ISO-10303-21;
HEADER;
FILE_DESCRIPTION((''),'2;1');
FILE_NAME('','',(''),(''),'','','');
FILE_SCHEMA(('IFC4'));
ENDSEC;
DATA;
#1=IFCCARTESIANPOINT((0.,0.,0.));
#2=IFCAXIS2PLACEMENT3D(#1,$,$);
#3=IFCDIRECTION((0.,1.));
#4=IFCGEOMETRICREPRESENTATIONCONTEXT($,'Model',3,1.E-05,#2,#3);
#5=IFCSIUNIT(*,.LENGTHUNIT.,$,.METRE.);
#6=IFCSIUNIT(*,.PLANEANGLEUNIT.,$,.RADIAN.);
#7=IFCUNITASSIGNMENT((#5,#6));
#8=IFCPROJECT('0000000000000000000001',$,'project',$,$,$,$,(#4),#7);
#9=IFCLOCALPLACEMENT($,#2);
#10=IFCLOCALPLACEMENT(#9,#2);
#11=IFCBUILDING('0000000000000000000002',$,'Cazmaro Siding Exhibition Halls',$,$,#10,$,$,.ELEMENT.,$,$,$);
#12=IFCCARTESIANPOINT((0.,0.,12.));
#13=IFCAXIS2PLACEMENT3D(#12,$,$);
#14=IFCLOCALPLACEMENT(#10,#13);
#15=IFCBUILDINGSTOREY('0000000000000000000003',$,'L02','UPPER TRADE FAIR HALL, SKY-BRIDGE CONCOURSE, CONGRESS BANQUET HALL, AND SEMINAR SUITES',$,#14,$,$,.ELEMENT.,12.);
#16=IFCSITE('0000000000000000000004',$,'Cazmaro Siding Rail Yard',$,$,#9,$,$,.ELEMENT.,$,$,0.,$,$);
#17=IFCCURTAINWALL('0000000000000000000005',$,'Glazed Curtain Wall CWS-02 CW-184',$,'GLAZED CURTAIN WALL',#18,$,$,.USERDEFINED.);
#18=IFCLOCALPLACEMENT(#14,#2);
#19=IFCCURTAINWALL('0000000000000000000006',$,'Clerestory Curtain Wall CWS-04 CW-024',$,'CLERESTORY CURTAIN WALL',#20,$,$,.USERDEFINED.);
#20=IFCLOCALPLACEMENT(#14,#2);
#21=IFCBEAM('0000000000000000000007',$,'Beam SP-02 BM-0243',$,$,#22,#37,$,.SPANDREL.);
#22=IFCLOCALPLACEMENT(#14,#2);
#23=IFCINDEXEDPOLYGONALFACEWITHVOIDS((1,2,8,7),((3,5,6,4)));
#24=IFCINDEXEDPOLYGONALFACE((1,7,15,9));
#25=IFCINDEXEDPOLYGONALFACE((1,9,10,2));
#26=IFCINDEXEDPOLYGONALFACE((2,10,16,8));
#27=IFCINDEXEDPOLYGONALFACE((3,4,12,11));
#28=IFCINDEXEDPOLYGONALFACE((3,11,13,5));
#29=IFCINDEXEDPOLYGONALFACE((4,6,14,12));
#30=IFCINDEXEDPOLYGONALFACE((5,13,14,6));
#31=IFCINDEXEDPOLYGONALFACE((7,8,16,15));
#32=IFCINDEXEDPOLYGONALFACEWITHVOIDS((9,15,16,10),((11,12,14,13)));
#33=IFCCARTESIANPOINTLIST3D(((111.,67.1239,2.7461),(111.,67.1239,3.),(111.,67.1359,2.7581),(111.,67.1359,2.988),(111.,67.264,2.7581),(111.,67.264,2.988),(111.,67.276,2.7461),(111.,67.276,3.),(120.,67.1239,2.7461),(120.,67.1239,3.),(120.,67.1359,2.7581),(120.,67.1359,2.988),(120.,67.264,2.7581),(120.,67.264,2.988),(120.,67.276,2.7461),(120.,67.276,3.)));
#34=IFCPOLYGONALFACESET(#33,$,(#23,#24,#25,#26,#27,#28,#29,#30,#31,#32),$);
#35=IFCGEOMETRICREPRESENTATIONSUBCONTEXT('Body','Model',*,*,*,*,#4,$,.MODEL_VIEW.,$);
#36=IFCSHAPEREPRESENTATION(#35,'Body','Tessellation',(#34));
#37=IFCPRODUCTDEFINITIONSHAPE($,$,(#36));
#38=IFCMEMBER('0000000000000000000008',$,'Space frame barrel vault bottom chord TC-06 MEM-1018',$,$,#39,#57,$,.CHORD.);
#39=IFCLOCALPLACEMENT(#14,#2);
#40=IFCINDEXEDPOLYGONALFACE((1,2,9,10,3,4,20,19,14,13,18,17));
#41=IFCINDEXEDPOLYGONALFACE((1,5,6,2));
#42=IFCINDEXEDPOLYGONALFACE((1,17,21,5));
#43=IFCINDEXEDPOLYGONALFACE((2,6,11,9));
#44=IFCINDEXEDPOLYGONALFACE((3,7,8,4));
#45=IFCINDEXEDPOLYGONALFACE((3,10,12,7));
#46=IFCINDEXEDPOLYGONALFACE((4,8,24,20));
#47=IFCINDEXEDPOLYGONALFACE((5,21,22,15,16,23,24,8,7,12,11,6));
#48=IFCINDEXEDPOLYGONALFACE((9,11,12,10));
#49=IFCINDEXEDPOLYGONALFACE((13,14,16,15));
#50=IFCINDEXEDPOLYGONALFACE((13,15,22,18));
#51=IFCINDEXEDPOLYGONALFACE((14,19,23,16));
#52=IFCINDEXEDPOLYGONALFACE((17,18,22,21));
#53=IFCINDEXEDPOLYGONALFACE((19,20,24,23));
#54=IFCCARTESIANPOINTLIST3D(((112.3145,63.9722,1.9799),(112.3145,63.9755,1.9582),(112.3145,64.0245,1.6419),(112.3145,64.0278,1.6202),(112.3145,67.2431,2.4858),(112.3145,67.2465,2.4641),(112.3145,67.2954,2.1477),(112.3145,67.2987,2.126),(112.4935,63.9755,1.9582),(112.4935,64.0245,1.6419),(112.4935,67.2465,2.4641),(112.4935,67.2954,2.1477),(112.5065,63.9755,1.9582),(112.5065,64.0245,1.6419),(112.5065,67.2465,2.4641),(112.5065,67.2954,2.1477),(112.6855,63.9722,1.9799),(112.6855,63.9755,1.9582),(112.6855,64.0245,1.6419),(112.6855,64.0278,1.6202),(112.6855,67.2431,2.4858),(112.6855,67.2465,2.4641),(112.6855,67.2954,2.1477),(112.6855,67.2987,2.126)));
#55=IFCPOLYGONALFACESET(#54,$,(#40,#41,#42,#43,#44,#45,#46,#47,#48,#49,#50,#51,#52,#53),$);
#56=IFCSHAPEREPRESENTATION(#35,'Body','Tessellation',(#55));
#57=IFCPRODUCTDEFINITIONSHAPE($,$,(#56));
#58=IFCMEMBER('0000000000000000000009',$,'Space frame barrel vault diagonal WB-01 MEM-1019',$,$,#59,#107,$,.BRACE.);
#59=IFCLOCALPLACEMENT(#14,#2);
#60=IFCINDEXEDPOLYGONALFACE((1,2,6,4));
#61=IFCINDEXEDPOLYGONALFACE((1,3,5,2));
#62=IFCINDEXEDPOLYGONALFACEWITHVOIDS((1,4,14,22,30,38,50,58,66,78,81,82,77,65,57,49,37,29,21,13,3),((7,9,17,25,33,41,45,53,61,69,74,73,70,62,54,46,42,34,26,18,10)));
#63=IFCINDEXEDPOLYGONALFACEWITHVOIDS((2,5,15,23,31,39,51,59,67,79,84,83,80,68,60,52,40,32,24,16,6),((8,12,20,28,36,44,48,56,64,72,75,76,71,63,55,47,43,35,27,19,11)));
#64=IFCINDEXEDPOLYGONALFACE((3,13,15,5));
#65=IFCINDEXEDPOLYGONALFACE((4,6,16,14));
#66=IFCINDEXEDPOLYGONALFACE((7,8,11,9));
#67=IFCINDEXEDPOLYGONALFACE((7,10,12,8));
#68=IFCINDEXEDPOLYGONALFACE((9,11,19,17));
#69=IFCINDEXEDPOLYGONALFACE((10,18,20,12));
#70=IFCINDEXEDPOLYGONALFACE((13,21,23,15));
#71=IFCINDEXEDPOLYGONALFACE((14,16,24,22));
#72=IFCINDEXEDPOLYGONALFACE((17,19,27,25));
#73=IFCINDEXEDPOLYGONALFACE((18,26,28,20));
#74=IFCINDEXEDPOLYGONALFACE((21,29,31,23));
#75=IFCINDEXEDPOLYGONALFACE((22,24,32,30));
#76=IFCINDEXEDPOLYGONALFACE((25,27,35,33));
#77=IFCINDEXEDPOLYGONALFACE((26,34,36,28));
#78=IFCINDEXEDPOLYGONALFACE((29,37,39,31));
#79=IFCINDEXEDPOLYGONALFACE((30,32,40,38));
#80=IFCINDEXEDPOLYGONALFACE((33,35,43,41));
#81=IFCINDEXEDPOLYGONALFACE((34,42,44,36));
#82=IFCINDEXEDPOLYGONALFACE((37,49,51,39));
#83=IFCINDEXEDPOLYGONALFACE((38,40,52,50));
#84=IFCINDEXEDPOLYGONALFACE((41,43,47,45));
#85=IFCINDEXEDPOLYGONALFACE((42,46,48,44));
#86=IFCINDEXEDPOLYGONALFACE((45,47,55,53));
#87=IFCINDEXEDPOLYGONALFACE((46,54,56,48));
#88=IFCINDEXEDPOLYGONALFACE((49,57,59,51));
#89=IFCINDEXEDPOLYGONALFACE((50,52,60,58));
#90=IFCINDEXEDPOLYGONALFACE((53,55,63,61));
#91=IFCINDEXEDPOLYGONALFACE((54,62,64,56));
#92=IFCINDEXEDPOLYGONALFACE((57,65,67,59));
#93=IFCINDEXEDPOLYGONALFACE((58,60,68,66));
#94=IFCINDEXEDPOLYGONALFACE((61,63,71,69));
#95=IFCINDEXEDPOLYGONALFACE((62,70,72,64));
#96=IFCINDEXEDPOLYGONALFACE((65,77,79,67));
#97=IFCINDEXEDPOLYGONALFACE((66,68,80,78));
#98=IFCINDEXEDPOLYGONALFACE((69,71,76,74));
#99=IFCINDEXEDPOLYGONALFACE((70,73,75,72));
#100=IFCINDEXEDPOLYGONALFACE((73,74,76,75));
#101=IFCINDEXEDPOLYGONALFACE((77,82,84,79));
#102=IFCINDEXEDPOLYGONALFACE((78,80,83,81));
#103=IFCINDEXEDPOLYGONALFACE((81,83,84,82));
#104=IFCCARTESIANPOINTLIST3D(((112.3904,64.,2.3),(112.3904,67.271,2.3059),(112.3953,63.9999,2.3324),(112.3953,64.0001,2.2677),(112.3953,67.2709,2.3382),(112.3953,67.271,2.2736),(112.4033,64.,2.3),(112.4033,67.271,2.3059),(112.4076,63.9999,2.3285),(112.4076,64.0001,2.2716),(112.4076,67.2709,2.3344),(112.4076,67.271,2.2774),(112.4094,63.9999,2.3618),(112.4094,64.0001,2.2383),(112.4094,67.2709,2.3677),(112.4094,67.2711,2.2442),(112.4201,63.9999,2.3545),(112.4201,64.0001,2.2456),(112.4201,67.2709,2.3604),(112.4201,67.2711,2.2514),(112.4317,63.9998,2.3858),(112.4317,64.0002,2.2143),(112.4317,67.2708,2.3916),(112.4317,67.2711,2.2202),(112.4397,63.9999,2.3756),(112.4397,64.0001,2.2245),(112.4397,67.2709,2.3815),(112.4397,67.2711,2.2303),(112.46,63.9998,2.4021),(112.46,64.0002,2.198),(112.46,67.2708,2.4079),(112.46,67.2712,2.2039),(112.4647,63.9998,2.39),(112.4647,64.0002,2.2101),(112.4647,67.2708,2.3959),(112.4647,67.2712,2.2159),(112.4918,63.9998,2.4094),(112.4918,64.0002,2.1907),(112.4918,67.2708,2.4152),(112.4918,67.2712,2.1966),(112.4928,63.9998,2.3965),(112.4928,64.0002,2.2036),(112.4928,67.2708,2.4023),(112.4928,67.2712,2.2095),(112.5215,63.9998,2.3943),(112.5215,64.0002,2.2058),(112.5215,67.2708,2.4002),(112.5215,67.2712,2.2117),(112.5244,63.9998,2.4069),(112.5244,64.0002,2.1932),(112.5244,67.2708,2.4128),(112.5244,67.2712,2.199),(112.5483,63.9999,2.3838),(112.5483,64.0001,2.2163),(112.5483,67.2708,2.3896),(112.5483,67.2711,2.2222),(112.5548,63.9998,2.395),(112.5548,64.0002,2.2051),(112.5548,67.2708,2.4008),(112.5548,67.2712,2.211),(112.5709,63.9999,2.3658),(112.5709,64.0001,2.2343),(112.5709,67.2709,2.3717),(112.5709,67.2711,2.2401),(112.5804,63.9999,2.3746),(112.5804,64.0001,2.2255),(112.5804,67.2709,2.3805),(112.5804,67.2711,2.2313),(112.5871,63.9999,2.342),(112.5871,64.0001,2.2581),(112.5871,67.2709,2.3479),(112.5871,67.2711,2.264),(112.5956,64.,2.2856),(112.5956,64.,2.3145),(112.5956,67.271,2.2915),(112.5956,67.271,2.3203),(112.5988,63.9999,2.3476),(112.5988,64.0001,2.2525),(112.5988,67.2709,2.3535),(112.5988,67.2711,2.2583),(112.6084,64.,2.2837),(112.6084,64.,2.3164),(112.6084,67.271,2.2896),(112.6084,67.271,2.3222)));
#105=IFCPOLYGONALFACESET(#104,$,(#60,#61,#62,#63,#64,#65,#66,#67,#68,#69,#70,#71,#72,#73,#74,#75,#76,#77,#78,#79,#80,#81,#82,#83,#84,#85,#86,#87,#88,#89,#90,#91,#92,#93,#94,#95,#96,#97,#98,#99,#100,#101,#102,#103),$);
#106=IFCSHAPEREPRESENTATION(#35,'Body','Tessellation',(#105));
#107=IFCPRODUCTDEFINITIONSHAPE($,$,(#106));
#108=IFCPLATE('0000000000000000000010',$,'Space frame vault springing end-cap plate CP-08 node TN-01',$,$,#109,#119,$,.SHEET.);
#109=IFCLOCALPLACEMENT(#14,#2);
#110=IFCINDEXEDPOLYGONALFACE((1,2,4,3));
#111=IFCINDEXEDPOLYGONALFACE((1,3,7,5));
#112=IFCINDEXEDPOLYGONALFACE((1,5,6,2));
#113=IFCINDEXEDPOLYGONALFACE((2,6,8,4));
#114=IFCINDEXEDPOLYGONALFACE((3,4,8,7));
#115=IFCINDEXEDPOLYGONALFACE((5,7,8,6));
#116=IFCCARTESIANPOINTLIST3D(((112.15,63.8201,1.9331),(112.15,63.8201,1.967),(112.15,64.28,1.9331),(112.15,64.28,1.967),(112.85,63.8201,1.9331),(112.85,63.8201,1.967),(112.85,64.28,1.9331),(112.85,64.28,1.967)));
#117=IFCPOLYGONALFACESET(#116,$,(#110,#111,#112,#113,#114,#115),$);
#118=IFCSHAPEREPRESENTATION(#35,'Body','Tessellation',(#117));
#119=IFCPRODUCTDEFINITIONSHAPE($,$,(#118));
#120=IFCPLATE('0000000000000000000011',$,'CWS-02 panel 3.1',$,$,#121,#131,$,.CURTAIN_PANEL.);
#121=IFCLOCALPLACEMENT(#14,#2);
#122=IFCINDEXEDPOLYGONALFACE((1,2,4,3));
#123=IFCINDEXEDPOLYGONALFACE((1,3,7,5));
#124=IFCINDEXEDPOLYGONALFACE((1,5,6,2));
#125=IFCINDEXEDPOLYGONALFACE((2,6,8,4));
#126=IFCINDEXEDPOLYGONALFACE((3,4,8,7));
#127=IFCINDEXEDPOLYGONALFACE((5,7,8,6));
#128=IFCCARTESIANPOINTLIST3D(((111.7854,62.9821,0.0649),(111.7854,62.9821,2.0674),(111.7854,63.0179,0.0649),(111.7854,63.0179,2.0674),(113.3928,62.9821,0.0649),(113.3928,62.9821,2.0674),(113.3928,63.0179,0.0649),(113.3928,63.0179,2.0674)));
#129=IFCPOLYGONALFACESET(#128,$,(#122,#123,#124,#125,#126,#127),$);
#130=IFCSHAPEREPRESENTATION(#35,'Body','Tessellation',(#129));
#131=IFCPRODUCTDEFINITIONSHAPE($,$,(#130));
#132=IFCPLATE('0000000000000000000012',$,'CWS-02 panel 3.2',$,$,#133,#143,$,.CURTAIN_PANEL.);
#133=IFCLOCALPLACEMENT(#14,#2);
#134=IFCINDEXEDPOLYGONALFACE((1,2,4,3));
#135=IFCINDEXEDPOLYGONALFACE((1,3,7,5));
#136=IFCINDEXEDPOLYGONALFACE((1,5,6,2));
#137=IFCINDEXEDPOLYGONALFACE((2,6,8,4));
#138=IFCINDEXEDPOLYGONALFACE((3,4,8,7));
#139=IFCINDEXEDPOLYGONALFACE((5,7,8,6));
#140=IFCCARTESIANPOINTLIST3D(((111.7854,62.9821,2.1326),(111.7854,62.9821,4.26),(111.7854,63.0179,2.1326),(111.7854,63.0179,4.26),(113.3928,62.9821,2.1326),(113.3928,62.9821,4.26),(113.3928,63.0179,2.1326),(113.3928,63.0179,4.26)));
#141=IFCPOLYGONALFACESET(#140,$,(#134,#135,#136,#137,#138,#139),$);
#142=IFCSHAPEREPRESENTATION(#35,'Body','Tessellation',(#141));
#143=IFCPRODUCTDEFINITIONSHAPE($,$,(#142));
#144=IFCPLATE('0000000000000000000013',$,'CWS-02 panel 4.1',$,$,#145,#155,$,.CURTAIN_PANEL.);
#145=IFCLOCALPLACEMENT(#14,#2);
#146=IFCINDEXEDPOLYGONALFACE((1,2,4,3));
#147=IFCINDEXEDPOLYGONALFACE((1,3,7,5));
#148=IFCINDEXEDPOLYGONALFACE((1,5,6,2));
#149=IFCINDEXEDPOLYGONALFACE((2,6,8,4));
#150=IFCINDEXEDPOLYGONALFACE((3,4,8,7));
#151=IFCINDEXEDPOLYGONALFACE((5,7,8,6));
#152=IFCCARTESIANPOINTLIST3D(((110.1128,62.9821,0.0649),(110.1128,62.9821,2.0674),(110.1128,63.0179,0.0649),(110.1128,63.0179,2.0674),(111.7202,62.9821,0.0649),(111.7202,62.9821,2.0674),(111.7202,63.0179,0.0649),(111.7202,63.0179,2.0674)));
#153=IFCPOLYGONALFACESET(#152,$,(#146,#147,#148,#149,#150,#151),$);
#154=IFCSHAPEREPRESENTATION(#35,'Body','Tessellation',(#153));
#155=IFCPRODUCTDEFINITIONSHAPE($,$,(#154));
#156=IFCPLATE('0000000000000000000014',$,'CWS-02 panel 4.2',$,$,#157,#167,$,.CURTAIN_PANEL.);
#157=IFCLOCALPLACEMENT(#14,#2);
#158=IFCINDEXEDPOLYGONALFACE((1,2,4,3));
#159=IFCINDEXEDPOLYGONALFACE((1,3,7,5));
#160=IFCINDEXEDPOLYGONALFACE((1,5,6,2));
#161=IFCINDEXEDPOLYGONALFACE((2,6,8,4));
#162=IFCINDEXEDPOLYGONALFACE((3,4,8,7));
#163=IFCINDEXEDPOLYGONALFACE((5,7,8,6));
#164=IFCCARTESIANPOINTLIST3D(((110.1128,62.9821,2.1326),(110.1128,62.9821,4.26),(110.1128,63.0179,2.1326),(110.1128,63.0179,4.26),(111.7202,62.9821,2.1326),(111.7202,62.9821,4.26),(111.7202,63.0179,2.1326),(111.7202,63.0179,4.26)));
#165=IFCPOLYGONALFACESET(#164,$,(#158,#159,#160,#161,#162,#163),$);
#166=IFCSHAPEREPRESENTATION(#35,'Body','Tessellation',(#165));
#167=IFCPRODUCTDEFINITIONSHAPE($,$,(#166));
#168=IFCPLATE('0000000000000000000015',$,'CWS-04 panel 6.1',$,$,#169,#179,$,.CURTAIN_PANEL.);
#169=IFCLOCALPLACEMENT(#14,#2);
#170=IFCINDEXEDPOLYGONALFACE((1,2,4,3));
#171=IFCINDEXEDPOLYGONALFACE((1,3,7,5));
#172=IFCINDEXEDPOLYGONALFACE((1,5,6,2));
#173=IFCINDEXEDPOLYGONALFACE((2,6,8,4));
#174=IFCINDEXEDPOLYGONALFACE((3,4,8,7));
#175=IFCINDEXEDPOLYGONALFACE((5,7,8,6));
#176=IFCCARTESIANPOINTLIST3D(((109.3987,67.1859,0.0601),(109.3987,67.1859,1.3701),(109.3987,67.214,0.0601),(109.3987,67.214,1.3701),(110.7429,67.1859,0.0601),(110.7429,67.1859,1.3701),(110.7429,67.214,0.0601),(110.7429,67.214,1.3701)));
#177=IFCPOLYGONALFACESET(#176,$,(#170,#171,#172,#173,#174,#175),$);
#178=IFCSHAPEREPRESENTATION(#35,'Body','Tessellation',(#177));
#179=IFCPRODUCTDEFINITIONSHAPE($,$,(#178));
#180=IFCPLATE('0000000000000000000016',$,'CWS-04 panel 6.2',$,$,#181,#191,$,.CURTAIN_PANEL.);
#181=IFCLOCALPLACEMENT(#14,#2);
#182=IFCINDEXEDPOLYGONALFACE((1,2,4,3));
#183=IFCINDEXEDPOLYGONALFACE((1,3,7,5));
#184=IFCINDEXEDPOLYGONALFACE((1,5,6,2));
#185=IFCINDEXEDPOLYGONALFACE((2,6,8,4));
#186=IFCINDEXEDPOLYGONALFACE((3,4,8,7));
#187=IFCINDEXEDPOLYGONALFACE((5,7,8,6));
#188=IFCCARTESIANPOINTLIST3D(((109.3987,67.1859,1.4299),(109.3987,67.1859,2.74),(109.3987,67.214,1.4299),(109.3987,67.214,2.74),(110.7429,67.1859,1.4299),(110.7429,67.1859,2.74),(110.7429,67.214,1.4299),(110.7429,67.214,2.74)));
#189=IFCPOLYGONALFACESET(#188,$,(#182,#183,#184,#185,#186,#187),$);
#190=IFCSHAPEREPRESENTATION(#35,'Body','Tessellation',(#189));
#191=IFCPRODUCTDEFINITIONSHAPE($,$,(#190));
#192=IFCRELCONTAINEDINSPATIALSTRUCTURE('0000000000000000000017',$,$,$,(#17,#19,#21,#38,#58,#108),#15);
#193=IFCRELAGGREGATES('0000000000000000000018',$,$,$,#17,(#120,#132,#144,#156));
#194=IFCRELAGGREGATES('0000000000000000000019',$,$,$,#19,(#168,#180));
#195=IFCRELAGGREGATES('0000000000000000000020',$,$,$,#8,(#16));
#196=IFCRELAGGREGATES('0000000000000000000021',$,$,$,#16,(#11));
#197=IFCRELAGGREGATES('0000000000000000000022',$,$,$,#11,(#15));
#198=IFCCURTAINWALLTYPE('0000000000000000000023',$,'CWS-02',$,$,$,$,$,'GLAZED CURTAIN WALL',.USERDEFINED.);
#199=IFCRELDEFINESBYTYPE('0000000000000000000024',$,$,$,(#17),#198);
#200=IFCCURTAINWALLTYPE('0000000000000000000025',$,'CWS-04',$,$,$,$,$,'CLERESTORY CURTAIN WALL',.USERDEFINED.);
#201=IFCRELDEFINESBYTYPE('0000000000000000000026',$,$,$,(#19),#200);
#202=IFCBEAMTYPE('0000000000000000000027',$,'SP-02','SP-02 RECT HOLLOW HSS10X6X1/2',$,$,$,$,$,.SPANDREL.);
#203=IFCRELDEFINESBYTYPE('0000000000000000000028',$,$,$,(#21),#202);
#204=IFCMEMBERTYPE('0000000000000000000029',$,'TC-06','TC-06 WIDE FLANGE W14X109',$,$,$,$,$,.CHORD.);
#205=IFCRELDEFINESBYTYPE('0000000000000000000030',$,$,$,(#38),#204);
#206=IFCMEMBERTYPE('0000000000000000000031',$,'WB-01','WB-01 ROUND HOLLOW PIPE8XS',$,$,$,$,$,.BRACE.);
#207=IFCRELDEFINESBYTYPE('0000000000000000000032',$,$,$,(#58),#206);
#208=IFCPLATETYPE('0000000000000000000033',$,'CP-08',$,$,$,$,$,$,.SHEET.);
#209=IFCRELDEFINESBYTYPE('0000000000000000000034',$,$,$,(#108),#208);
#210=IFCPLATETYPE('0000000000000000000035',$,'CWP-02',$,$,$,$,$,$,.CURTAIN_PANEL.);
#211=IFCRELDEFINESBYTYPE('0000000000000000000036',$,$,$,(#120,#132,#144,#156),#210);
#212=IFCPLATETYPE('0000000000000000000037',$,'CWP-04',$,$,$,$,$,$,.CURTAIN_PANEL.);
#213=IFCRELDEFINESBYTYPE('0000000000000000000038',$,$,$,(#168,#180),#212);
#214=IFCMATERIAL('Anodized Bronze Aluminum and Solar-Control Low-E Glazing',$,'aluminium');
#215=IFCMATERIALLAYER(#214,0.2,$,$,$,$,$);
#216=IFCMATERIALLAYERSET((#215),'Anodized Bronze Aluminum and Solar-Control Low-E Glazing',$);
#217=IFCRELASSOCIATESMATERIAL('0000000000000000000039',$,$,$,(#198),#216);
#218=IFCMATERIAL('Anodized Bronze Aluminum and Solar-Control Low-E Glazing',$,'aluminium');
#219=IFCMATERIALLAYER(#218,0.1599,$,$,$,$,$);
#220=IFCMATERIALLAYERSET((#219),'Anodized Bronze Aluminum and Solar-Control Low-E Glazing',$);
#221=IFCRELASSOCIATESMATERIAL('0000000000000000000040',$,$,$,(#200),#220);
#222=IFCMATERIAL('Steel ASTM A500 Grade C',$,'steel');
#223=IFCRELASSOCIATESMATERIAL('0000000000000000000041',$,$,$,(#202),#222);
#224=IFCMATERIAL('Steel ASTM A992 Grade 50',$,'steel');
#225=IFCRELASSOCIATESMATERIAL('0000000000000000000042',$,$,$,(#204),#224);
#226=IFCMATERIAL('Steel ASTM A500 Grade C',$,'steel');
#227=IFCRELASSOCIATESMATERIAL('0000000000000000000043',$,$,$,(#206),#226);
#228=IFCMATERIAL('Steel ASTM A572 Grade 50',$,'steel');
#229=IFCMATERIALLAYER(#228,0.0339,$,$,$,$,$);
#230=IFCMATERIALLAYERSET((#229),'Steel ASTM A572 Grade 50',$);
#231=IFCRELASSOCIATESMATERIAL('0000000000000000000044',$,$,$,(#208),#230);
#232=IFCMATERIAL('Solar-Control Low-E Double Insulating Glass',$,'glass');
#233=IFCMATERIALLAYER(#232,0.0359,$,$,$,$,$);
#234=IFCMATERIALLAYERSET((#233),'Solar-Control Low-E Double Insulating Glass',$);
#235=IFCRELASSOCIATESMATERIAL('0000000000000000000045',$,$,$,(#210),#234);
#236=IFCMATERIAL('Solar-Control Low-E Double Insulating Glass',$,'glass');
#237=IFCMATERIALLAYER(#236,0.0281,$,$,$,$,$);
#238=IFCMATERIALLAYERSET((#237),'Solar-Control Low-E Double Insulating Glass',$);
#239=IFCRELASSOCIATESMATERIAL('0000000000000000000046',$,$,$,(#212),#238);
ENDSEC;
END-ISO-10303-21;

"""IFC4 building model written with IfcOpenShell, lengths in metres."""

from ifc_helpers import new_model, si_unit, direction, frame, origin, origin_2d, place, context, subcontext, project, spatial, rectangle, hollow_rectangle, hollow_circle, i_section, extrude, material, layer, layer_set, material_profile, profile_set, type_object, element, aggregate, save


model = new_model("IFC4")

# Units and contexts
model_context = context("Model", 3, precision=1e-05, world=origin(), true_north=direction((0.0, 1.0)))
body_context = subcontext(model_context, "Body", "Model", "MODEL_VIEW")
ifc_project = project(units=[si_unit("LENGTHUNIT", "METRE"), si_unit("PLANEANGLEUNIT", "RADIAN")], contexts=[model_context])

# Site, building, storey
site_placement = place(None, origin())
site = spatial("IfcSite", under=ifc_project, at=site_placement, Name="Cazmaro Siding Rail Yard", CompositionType="ELEMENT", RefElevation=0.0)
building_placement = place(site_placement, origin())
building = spatial("IfcBuilding", under=site, at=building_placement, Name="Cazmaro Siding Exhibition Halls", CompositionType="ELEMENT")
storey_placement = place(building_placement, frame((0.0, 0.0, 12.0)))
storey = spatial("IfcBuildingStorey", under=building, at=storey_placement, Name="L02", Description="UPPER TRADE FAIR HALL, SKY-BRIDGE CONCOURSE, CONGRESS BANQUET HALL, AND SEMINAR SUITES", CompositionType="ELEMENT", Elevation=12.0)

# Curtain wall
ifc_material_1 = material(Name="Anodized Bronze Aluminum and Solar-Control Low-E Glazing", Category="aluminium")
ifc_layer_1 = layer(ifc_material_1, 0.2)
ifc_layer_set_1 = layer_set([ifc_layer_1], Name="Anodized Bronze Aluminum and Solar-Control Low-E Glazing")
curtain_wall_type_1 = type_object("IfcCurtainWallType", Name="CWS-02", ElementType="GLAZED CURTAIN WALL", PredefinedType="USERDEFINED", material=ifc_layer_set_1)
curtain_wall_1_placement = place(storey_placement, origin())
curtain_wall_1 = element("IfcCurtainWall", 1, at=curtain_wall_1_placement, inside=storey, type_object=curtain_wall_type_1, Name="Glazed Curtain Wall CWS-02 CW-184", ObjectType="GLAZED CURTAIN WALL", PredefinedType="USERDEFINED")

# Curtain wall
ifc_material_2 = material(Name="Anodized Bronze Aluminum and Solar-Control Low-E Glazing", Category="aluminium")
ifc_layer_2 = layer(ifc_material_2, 0.1599)
ifc_layer_set_2 = layer_set([ifc_layer_2], Name="Anodized Bronze Aluminum and Solar-Control Low-E Glazing")
curtain_wall_type_2 = type_object("IfcCurtainWallType", Name="CWS-04", ElementType="CLERESTORY CURTAIN WALL", PredefinedType="USERDEFINED", material=ifc_layer_set_2)
curtain_wall_2_placement = place(storey_placement, origin())
curtain_wall_2 = element("IfcCurtainWall", 2, at=curtain_wall_2_placement, inside=storey, type_object=curtain_wall_type_2, Name="Clerestory Curtain Wall CWS-04 CW-024", ObjectType="CLERESTORY CURTAIN WALL", PredefinedType="USERDEFINED")

# Beam
ifc_material_3 = material(Name="Steel ASTM A500 Grade C", Category="steel")
ifc_material_profile_1 = material_profile(ifc_material_3, hollow_rectangle(XDim=0.1521, YDim=0.2539, WallThickness=0.012, at=origin_2d()), Name="HSS10X6X1/2")
ifc_profile_set_1 = profile_set([ifc_material_profile_1], Name="Steel ASTM A500 Grade C")
beam_type_1 = type_object("IfcBeamType", Name="SP-02", Description="SP-02 RECT HOLLOW HSS10X6X1/2", PredefinedType="SPANDREL", material=ifc_profile_set_1)
beam_1_placement = place(storey_placement, frame((111.0, 67.2, 2.873), z_axis=(1.0, 0.0, 0.0), x_axis=(0.0, 1.0, 0.0)))
element("IfcBeam", 3, at=beam_1_placement, inside=storey, type_object=beam_type_1, Name="Beam SP-02 BM-0243", PredefinedType="SPANDREL", context=body_context, shape_type="SweptSolid", body=[
    extrude(hollow_rectangle(XDim=0.1521, YDim=0.2539, WallThickness=0.012, at=origin_2d()), origin(), (0.0, 0.0, 1.0), 9.0),
])

# Members
ifc_material_4 = material(Name="Steel ASTM A992 Grade 50", Category="steel")
ifc_material_profile_2 = material_profile(ifc_material_4, i_section(OverallWidth=0.3711, OverallDepth=0.364, WebThickness=0.0129, FlangeThickness=0.022, at=origin_2d()), Name="W14X109")
ifc_profile_set_2 = profile_set([ifc_material_profile_2], Name="Steel ASTM A992 Grade 50")
member_type_1 = type_object("IfcMemberType", Name="TC-06", Description="TC-06 WIDE FLANGE W14X109", PredefinedType="CHORD", material=ifc_profile_set_2)
member_1_placement = place(storey_placement, frame((112.5, 64.0, 1.8), z_axis=(0.0, 0.988252, 0.152833), x_axis=(-1.0, 0.0, 0.0)))
element("IfcMember", 4, at=member_1_placement, inside=storey, type_object=member_type_1, Name="Space frame barrel vault bottom chord TC-06 MEM-1018", PredefinedType="CHORD", context=body_context, shape_type="SweptSolid", body=[
    extrude(i_section(OverallWidth=0.3711, OverallDepth=0.364, WebThickness=0.0129, FlangeThickness=0.022, at=origin_2d()), origin(), (0.0, 0.0, 1.0), 3.3098),
])
ifc_material_5 = material(Name="Steel ASTM A500 Grade C", Category="steel")
ifc_material_profile_3 = material_profile(ifc_material_5, hollow_circle(Radius=0.1096, WallThickness=0.0129, at=origin_2d()), Name="PIPE8XS")
ifc_profile_set_3 = profile_set([ifc_material_profile_3], Name="Steel ASTM A500 Grade C")
member_type_2 = type_object("IfcMemberType", Name="WB-01", Description="WB-01 ROUND HOLLOW PIPE8XS", PredefinedType="BRACE", material=ifc_profile_set_3)
member_2_placement = place(storey_placement, frame((112.5, 64.0, 2.3), z_axis=(0.0, 0.999998, 0.001791), x_axis=(-1.0, 0.0, 0.0)))
element("IfcMember", 5, at=member_2_placement, inside=storey, type_object=member_type_2, Name="Space frame barrel vault diagonal WB-01 MEM-1019", PredefinedType="BRACE", context=body_context, shape_type="SweptSolid", body=[
    extrude(hollow_circle(Radius=0.1096, WallThickness=0.0129, at=origin_2d()), origin(), (0.0, 0.0, 1.0), 3.271),
])

# Plates
ifc_material_6 = material(Name="Steel ASTM A572 Grade 50", Category="steel")
ifc_layer_3 = layer(ifc_material_6, 0.0339)
ifc_layer_set_3 = layer_set([ifc_layer_3], Name="Steel ASTM A572 Grade 50")
plate_type_1 = type_object("IfcPlateType", Name="CP-08", PredefinedType="SHEET", material=ifc_layer_set_3)
plate_1_placement = place(storey_placement, frame((112.5, 64.05, 1.9331), z_axis=(0.0, 0.0, 1.0), x_axis=(1.0, 0.0, 0.0)))
element("IfcPlate", 6, at=plate_1_placement, inside=storey, type_object=plate_type_1, Name="Space frame vault springing end-cap plate CP-08 node TN-01", PredefinedType="SHEET", context=body_context, shape_type="SweptSolid", body=[
    extrude(rectangle(XDim=0.7, YDim=0.46, at=origin_2d()), origin(), (0.0, 0.0, 1.0), 0.0339),
])
ifc_material_7 = material(Name="Solar-Control Low-E Double Insulating Glass", Category="glass")
ifc_layer_4 = layer(ifc_material_7, 0.0359)
ifc_layer_set_4 = layer_set([ifc_layer_4], Name="Solar-Control Low-E Double Insulating Glass")
plate_type_2 = type_object("IfcPlateType", Name="CWP-02", PredefinedType="CURTAIN_PANEL", material=ifc_layer_set_4)
plate_2_placement = place(storey_placement, frame((112.5891, 63.0, 0.0649), z_axis=(0.0, 0.0, 1.0), x_axis=(-1.0, 0.0, 0.0)))
plate_2 = element("IfcPlate", 7, at=plate_2_placement, type_object=plate_type_2, Name="CWS-02 panel 3.1", PredefinedType="CURTAIN_PANEL", context=body_context, shape_type="SweptSolid", body=[
    extrude(rectangle(XDim=1.6074, YDim=0.0359, at=origin_2d()), origin(), (0.0, 0.0, 1.0), 2.0024),
])
plate_3_placement = place(storey_placement, frame((112.5891, 63.0, 2.1326), z_axis=(0.0, 0.0, 1.0), x_axis=(-1.0, 0.0, 0.0)))
plate_3 = element("IfcPlate", 8, at=plate_3_placement, type_object=plate_type_2, Name="CWS-02 panel 3.2", PredefinedType="CURTAIN_PANEL", context=body_context, shape_type="SweptSolid", body=[
    extrude(rectangle(XDim=1.6074, YDim=0.0359, at=origin_2d()), origin(), (0.0, 0.0, 1.0), 2.1274),
])
plate_4_placement = place(storey_placement, frame((110.9165, 63.0, 0.0649), z_axis=(0.0, 0.0, 1.0), x_axis=(-1.0, 0.0, 0.0)))
plate_4 = element("IfcPlate", 9, at=plate_4_placement, type_object=plate_type_2, Name="CWS-02 panel 4.1", PredefinedType="CURTAIN_PANEL", context=body_context, shape_type="SweptSolid", body=[
    extrude(rectangle(XDim=1.6074, YDim=0.0359, at=origin_2d()), origin(), (0.0, 0.0, 1.0), 2.0024),
])
plate_5_placement = place(storey_placement, frame((110.9165, 63.0, 2.1326), z_axis=(0.0, 0.0, 1.0), x_axis=(-1.0, 0.0, 0.0)))
plate_5 = element("IfcPlate", 10, at=plate_5_placement, type_object=plate_type_2, Name="CWS-02 panel 4.2", PredefinedType="CURTAIN_PANEL", context=body_context, shape_type="SweptSolid", body=[
    extrude(rectangle(XDim=1.6074, YDim=0.0359, at=origin_2d()), origin(), (0.0, 0.0, 1.0), 2.1274),
])
aggregate(curtain_wall_1, [plate_2, plate_3, plate_4, plate_5])
ifc_material_8 = material(Name="Solar-Control Low-E Double Insulating Glass", Category="glass")
ifc_layer_5 = layer(ifc_material_8, 0.0281)
ifc_layer_set_5 = layer_set([ifc_layer_5], Name="Solar-Control Low-E Double Insulating Glass")
plate_type_3 = type_object("IfcPlateType", Name="CWP-04", PredefinedType="CURTAIN_PANEL", material=ifc_layer_set_5)
plate_6_placement = place(storey_placement, frame((110.0708, 67.2, 0.0601), z_axis=(0.0, 0.0, 1.0), x_axis=(1.0, 0.0, 0.0)))
plate_6 = element("IfcPlate", 11, at=plate_6_placement, type_object=plate_type_3, Name="CWS-04 panel 6.1", PredefinedType="CURTAIN_PANEL", context=body_context, shape_type="SweptSolid", body=[
    extrude(rectangle(XDim=1.3442, YDim=0.0281, at=origin_2d()), origin(), (0.0, 0.0, 1.0), 1.3101),
])
plate_7_placement = place(storey_placement, frame((110.0708, 67.2, 1.4299), z_axis=(0.0, 0.0, 1.0), x_axis=(1.0, 0.0, 0.0)))
plate_7 = element("IfcPlate", 12, at=plate_7_placement, type_object=plate_type_3, Name="CWS-04 panel 6.2", PredefinedType="CURTAIN_PANEL", context=body_context, shape_type="SweptSolid", body=[
    extrude(rectangle(XDim=1.3442, YDim=0.0281, at=origin_2d()), origin(), (0.0, 0.0, 1.0), 1.3101),
])
aggregate(curtain_wall_2, [plate_6, plate_7])

save(model, "model.ifc")
